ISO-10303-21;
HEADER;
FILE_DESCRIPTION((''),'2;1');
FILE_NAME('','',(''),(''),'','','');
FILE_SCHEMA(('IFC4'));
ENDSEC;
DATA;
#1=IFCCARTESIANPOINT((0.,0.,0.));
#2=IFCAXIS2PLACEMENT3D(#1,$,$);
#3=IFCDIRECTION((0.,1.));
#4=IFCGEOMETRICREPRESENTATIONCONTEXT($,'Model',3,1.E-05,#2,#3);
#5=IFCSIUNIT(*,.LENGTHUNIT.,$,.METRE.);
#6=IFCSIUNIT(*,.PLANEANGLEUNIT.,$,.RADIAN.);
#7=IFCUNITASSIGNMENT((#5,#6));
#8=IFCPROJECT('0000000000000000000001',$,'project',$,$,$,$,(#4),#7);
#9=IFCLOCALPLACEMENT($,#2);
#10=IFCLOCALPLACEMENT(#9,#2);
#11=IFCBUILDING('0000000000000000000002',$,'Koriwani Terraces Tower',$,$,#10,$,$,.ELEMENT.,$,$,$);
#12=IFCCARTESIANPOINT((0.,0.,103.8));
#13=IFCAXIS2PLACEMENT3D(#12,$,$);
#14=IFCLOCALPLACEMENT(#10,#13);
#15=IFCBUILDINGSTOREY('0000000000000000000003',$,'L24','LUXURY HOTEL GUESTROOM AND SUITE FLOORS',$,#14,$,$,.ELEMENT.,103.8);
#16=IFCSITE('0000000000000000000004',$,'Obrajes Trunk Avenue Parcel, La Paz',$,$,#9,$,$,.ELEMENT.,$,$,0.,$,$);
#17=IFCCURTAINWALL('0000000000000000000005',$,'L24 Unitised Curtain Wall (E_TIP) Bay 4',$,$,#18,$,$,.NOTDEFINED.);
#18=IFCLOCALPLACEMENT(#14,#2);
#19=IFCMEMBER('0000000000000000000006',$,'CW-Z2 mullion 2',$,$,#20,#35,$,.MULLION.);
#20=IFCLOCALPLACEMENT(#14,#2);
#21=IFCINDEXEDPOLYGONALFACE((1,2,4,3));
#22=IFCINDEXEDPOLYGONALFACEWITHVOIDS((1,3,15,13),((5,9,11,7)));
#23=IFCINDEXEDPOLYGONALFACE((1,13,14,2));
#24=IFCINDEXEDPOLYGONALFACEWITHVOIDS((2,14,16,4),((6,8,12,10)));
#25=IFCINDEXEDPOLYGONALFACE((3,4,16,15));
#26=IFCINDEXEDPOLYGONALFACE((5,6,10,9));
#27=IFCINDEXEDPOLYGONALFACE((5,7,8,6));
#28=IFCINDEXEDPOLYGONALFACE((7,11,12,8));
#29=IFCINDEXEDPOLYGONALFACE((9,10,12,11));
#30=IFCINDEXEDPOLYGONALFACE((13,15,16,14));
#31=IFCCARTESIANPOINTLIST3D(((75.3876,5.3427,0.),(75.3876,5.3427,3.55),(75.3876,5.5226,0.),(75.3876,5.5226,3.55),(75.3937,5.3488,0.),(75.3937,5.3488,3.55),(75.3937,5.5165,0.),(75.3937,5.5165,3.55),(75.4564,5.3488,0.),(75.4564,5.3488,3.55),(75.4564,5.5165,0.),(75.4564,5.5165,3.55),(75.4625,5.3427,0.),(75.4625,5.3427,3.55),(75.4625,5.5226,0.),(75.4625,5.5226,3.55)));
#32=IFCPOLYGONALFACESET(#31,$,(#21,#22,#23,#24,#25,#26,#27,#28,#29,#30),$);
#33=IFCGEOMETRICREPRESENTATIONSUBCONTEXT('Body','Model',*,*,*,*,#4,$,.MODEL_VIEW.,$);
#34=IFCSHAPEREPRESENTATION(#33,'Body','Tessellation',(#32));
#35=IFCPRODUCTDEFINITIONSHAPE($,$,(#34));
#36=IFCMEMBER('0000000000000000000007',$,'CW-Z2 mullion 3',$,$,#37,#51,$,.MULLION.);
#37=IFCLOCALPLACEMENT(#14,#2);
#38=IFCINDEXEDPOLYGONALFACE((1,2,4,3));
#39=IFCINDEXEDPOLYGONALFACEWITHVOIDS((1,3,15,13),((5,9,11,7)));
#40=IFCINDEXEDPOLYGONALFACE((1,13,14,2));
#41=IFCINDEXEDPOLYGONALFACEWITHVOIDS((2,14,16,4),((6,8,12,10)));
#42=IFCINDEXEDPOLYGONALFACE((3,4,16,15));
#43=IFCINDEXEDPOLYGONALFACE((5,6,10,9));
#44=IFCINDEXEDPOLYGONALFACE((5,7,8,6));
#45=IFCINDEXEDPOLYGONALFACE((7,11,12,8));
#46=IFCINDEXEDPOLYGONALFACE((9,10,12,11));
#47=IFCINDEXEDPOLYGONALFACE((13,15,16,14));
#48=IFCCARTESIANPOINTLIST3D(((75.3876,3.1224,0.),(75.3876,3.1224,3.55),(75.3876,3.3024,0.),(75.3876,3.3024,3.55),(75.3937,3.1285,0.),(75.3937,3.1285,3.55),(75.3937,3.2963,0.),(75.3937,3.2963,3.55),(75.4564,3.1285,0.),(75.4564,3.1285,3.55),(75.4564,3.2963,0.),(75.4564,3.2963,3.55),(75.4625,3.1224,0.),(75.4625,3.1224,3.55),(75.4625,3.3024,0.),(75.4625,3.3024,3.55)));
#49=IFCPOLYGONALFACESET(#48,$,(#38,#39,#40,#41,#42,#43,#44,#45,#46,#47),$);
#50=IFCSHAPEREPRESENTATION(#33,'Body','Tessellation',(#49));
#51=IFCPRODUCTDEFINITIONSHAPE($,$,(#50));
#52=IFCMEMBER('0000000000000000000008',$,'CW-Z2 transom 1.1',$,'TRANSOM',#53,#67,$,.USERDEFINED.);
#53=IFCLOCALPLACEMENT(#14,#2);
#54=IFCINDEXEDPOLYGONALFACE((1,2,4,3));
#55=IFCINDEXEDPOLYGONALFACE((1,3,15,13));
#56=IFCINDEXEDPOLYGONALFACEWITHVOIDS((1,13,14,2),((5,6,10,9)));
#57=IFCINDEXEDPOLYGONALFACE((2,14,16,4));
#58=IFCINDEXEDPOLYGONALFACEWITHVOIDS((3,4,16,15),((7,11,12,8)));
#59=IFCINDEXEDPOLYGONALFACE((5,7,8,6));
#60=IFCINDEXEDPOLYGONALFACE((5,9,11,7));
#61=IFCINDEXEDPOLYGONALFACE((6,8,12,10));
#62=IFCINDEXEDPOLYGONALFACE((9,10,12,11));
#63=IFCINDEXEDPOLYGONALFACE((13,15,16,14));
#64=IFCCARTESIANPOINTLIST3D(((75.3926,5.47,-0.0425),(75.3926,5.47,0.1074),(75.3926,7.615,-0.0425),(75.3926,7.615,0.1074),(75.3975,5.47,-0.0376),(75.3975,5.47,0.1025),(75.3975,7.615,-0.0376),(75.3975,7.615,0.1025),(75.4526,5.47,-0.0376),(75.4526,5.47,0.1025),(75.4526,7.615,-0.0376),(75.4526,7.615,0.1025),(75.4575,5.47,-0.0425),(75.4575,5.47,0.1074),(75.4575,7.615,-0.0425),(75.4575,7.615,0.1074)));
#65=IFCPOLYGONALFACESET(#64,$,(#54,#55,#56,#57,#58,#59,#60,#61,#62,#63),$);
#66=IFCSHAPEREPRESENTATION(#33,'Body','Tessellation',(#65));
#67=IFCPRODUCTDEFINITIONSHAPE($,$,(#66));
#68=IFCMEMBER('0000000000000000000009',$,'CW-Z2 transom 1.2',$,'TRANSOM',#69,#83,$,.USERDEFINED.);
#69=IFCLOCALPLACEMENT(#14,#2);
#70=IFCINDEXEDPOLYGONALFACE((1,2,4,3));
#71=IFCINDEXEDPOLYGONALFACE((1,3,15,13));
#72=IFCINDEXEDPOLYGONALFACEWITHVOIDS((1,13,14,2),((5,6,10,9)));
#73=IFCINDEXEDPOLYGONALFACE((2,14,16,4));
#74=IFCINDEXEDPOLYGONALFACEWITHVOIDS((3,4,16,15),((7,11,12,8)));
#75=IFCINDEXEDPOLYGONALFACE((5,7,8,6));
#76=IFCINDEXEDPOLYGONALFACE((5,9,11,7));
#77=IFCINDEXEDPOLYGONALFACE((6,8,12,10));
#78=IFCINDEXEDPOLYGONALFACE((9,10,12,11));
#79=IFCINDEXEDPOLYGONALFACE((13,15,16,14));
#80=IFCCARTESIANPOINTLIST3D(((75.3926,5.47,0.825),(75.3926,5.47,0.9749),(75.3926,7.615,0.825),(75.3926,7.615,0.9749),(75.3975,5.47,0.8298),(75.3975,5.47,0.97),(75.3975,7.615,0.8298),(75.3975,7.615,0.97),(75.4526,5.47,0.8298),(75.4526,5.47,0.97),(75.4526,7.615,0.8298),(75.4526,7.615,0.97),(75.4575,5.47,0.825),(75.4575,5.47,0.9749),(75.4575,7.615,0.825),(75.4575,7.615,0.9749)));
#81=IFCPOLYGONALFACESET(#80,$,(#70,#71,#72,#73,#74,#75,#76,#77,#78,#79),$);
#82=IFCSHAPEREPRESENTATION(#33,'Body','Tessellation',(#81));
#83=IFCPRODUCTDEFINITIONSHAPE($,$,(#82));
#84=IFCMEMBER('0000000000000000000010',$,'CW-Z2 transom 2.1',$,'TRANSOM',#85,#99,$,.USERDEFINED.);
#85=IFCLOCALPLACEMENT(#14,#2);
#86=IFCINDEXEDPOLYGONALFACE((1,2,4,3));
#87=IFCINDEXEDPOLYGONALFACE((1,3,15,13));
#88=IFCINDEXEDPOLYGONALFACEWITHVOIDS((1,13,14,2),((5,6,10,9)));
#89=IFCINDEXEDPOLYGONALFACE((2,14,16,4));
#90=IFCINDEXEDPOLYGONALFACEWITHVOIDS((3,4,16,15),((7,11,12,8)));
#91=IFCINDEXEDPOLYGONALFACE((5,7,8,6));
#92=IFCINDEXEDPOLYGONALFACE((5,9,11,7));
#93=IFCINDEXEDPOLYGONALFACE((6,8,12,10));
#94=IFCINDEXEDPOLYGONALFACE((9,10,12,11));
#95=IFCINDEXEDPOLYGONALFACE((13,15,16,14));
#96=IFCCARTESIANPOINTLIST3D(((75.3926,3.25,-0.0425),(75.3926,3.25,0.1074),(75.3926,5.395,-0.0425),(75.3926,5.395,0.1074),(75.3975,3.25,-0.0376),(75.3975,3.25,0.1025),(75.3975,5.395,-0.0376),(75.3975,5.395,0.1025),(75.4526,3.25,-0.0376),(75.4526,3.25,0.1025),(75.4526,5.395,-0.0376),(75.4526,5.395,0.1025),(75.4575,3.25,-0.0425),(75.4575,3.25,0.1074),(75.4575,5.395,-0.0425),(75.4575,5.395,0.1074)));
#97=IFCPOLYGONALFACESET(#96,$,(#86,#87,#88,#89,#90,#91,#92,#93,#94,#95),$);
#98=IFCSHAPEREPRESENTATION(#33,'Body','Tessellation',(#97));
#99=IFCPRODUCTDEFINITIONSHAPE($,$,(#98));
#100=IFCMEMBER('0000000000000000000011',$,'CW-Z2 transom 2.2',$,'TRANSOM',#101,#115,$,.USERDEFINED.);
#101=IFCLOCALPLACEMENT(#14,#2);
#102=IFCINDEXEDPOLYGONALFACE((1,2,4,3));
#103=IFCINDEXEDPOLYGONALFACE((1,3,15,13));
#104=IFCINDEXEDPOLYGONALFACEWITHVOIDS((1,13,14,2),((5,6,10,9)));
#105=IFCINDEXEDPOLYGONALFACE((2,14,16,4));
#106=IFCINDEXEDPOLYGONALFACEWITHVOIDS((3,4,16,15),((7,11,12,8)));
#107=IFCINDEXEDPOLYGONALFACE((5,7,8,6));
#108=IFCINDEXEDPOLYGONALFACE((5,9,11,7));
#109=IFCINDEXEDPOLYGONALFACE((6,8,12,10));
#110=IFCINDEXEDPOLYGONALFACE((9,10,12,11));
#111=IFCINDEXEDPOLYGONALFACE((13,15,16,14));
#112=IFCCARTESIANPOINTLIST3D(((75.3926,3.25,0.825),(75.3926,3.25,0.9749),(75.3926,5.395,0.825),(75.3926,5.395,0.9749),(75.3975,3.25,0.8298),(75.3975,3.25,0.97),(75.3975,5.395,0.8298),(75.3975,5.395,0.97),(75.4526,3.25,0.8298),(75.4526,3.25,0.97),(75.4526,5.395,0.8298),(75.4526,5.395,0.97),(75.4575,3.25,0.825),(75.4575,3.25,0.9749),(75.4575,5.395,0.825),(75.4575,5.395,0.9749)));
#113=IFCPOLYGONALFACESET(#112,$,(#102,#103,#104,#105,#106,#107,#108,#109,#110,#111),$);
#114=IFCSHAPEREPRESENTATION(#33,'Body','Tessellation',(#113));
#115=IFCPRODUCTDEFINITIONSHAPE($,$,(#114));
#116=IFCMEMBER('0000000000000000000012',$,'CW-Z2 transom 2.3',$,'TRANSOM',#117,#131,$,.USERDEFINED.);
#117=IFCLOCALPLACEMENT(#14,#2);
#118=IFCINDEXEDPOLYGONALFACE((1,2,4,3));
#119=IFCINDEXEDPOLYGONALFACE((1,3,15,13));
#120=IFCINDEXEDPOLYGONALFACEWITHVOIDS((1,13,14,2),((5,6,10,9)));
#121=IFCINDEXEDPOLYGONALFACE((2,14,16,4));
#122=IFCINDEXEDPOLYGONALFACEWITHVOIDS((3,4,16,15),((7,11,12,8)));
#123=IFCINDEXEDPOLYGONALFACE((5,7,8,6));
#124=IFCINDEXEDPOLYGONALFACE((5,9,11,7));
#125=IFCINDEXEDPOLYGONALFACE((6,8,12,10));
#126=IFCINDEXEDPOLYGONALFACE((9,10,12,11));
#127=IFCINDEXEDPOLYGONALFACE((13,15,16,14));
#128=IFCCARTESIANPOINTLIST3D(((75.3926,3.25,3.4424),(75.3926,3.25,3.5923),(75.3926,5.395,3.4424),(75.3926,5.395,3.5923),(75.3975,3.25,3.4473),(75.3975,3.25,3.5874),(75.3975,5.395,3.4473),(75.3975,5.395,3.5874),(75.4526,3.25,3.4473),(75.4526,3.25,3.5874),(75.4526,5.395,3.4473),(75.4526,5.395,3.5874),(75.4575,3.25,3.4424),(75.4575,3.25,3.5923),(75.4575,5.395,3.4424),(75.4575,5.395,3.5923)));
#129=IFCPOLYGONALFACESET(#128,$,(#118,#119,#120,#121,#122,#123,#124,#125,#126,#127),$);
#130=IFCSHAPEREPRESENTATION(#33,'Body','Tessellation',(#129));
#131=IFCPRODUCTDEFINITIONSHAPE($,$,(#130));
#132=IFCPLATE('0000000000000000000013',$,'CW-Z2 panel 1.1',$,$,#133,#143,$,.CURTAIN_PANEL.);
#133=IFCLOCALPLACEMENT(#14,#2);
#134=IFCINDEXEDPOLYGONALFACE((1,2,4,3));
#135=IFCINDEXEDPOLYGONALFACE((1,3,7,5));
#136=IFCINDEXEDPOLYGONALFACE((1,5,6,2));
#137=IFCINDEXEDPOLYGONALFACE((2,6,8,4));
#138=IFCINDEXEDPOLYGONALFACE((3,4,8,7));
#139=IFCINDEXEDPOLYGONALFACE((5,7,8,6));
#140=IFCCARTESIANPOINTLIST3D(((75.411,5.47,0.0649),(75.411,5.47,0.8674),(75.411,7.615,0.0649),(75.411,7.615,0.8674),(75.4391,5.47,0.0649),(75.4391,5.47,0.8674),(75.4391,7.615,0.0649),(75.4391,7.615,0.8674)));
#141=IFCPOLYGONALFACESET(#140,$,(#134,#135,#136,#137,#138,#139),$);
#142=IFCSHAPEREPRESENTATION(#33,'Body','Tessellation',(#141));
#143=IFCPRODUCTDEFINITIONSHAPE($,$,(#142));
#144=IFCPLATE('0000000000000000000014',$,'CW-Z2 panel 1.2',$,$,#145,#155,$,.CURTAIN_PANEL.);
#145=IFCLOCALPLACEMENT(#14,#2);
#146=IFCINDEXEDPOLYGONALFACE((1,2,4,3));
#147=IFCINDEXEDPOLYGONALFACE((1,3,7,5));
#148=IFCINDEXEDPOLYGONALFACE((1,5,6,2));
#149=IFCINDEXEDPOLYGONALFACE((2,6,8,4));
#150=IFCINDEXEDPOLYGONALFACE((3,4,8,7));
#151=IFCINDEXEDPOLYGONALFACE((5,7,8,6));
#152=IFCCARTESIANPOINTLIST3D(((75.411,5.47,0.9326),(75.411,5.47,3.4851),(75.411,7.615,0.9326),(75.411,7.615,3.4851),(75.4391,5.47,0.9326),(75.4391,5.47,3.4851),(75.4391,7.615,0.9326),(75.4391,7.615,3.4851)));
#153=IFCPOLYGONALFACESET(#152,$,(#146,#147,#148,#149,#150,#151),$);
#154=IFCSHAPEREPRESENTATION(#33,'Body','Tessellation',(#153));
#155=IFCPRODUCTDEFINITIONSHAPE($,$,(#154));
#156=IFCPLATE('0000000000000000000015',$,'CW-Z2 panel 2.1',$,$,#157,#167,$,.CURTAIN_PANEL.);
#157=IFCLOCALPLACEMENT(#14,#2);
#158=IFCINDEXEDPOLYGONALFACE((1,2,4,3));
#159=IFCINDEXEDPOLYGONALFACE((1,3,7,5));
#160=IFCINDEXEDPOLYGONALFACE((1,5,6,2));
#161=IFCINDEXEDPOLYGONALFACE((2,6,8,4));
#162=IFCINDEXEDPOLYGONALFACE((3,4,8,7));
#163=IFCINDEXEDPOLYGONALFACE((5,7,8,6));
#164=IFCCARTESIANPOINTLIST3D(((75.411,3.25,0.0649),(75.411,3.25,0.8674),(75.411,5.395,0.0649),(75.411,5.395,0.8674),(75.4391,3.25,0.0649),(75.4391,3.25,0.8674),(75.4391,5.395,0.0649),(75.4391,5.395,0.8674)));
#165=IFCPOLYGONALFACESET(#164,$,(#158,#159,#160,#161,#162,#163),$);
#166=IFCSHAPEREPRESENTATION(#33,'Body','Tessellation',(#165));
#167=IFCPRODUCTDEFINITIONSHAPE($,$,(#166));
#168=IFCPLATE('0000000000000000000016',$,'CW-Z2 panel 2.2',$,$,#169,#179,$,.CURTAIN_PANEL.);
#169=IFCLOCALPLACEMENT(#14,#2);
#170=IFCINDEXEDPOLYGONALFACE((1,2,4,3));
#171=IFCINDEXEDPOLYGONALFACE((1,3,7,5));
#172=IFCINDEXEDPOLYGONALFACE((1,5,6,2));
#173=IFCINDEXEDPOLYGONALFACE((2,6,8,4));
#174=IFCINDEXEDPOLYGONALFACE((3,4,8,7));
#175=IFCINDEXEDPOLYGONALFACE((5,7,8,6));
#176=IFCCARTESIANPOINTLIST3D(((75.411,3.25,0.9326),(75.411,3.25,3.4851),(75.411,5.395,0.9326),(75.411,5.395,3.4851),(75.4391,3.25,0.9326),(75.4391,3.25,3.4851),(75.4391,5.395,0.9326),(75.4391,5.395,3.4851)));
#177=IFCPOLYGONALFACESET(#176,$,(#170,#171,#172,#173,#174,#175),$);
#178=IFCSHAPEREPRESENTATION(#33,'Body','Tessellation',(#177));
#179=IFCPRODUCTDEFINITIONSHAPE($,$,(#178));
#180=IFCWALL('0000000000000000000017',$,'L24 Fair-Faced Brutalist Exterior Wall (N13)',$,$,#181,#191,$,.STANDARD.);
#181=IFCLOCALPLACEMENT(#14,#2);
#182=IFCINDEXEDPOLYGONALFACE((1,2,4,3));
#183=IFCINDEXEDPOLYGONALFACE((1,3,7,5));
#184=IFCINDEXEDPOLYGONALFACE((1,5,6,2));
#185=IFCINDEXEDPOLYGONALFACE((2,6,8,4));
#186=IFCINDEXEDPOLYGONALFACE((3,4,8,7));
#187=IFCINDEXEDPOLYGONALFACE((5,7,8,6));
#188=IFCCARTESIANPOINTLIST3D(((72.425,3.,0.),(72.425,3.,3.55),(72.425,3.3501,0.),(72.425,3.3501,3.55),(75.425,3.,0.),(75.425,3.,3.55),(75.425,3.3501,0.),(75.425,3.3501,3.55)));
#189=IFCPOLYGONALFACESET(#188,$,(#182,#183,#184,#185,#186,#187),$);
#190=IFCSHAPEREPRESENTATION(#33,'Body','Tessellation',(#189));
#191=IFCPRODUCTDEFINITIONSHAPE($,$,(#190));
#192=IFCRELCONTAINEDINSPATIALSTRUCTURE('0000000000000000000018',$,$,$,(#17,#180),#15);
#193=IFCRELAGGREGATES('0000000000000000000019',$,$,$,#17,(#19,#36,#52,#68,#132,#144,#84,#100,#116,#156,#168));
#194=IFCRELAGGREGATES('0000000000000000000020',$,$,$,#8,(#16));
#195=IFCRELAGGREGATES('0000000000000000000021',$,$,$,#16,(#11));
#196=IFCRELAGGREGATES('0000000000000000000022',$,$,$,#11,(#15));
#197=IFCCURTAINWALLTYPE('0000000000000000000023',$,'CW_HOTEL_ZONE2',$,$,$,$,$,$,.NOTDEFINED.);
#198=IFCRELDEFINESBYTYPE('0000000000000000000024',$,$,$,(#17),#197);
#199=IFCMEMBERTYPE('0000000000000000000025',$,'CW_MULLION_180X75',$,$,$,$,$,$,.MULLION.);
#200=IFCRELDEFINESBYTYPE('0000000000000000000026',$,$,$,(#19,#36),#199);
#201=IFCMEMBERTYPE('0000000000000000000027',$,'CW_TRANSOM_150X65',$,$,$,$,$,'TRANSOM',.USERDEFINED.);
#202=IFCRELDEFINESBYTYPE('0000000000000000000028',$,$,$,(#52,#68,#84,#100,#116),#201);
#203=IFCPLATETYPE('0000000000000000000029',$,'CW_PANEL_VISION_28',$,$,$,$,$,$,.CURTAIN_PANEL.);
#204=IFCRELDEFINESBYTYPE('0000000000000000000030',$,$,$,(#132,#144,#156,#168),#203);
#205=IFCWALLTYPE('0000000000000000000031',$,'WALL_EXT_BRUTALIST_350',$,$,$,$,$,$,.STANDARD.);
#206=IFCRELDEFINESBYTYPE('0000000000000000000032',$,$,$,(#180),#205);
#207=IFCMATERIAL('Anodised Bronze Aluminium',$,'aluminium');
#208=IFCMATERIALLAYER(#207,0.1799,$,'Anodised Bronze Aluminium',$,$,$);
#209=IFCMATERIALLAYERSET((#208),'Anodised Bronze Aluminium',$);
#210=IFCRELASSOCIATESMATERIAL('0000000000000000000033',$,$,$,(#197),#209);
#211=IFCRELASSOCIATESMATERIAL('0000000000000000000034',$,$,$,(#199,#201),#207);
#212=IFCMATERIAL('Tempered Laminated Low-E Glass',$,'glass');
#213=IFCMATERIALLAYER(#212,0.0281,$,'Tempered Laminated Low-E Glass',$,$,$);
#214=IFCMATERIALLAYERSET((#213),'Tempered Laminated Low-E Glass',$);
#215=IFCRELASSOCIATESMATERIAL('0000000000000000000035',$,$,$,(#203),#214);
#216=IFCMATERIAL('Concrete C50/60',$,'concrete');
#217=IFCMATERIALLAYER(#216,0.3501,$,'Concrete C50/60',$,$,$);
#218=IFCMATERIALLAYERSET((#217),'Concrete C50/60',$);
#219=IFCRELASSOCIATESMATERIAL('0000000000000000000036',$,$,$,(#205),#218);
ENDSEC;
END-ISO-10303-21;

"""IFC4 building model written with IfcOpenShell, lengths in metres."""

from ifc_helpers import new_model, si_unit, direction, frame, frame_2d, origin, origin_2d, place, context, subcontext, project, spatial, rectangle, hollow_rectangle, extrude, material, layer, layer_set, material_profile, profile_set, type_object, element, aggregate, save


model = new_model("IFC4")

# Units and contexts
model_context = context("Model", 3, precision=1e-05, world=origin(), true_north=direction((0.0, 1.0)))
body_context = subcontext(model_context, "Body", "Model", "MODEL_VIEW")
ifc_project = project(units=[si_unit("LENGTHUNIT", "METRE"), si_unit("PLANEANGLEUNIT", "RADIAN")], contexts=[model_context])

# Site, building, storey
site_placement = place(None, origin())
site = spatial("IfcSite", under=ifc_project, at=site_placement, Name="Obrajes Trunk Avenue Parcel, La Paz", CompositionType="ELEMENT", RefElevation=0.0)
building_placement = place(site_placement, origin())
building = spatial("IfcBuilding", under=site, at=building_placement, Name="Koriwani Terraces Tower", CompositionType="ELEMENT")
storey_placement = place(building_placement, frame((0.0, 0.0, 103.8)))
storey = spatial("IfcBuildingStorey", under=building, at=storey_placement, Name="L24", Description="LUXURY HOTEL GUESTROOM AND SUITE FLOORS", CompositionType="ELEMENT", Elevation=103.8)

# Curtain wall, members, plates
ifc_material_1 = material(Name="Anodised Bronze Aluminium", Category="aluminium")
ifc_layer_1 = layer(ifc_material_1, 0.1799, Name="Anodised Bronze Aluminium")
ifc_layer_set_1 = layer_set([ifc_layer_1], Name="Anodised Bronze Aluminium")
curtain_wall_type = type_object("IfcCurtainWallType", Name="CW_HOTEL_ZONE2", PredefinedType="NOTDEFINED", material=ifc_layer_set_1)
curtain_wall_placement = place(storey_placement, origin())
curtain_wall = element("IfcCurtainWall", 1, at=curtain_wall_placement, inside=storey, type_object=curtain_wall_type, Name="L24 Unitised Curtain Wall (E_TIP) Bay 4", PredefinedType="NOTDEFINED")
ifc_material_profile_1 = material_profile(ifc_material_1, hollow_rectangle(XDim=0.075, YDim=0.1799, WallThickness=0.0061, at=origin_2d()), Name="Anodised Bronze Aluminium", Category="LoadBearing")
ifc_profile_set_1 = profile_set([ifc_material_profile_1], Name="Anodised Bronze Aluminium")
member_type_1 = type_object("IfcMemberType", Name="CW_MULLION_180X75", PredefinedType="MULLION", material=ifc_profile_set_1)
member_1_placement = place(storey_placement, frame((75.425, 5.4326, 0.0), z_axis=(0.0, 0.0, 1.0), x_axis=(1.0, 0.0, 0.0)))
member_1 = element("IfcMember", 2, at=member_1_placement, type_object=member_type_1, Name="CW-Z2 mullion 2", PredefinedType="MULLION", context=body_context, shape_type="SweptSolid", body=[
    extrude(hollow_rectangle(XDim=0.075, YDim=0.1799, WallThickness=0.0061, at=origin_2d()), origin(), (0.0, 0.0, 1.0), 3.55),
])
member_2_placement = place(storey_placement, frame((75.425, 3.2124, 0.0), z_axis=(0.0, 0.0, 1.0), x_axis=(1.0, 0.0, 0.0)))
member_2 = element("IfcMember", 3, at=member_2_placement, type_object=member_type_1, Name="CW-Z2 mullion 3", PredefinedType="MULLION", context=body_context, shape_type="SweptSolid", body=[
    extrude(hollow_rectangle(XDim=0.075, YDim=0.1799, WallThickness=0.0061, at=origin_2d()), origin(), (0.0, 0.0, 1.0), 3.55),
])
ifc_material_profile_2 = material_profile(ifc_material_1, hollow_rectangle(XDim=0.0649, YDim=0.1499, WallThickness=0.0049, at=origin_2d()), Name="Anodised Bronze Aluminium", Category="LoadBearing")
ifc_profile_set_2 = profile_set([ifc_material_profile_2], Name="Anodised Bronze Aluminium")
member_type_2 = type_object("IfcMemberType", Name="CW_TRANSOM_150X65", ElementType="TRANSOM", PredefinedType="USERDEFINED", material=ifc_profile_set_2)
member_3_placement = place(storey_placement, frame((75.425, 7.615, 0.0325), z_axis=(0.0, -1.0, 0.0), x_axis=(1.0, 0.0, 0.0)))
member_3 = element("IfcMember", 4, at=member_3_placement, type_object=member_type_2, Name="CW-Z2 transom 1.1", ObjectType="TRANSOM", PredefinedType="USERDEFINED", context=body_context, shape_type="SweptSolid", body=[
    extrude(hollow_rectangle(XDim=0.0649, YDim=0.1499, WallThickness=0.0049, at=origin_2d()), origin(), (0.0, 0.0, 1.0), 2.145),
])
member_4_placement = place(storey_placement, frame((75.425, 7.615, 0.8999), z_axis=(0.0, -1.0, 0.0), x_axis=(1.0, 0.0, 0.0)))
member_4 = element("IfcMember", 5, at=member_4_placement, type_object=member_type_2, Name="CW-Z2 transom 1.2", ObjectType="TRANSOM", PredefinedType="USERDEFINED", context=body_context, shape_type="SweptSolid", body=[
    extrude(hollow_rectangle(XDim=0.0649, YDim=0.1499, WallThickness=0.0049, at=origin_2d()), origin(), (0.0, 0.0, 1.0), 2.145),
])
member_5_placement = place(storey_placement, frame((75.425, 5.395, 0.0325), z_axis=(0.0, -1.0, 0.0), x_axis=(1.0, 0.0, 0.0)))
member_5 = element("IfcMember", 6, at=member_5_placement, type_object=member_type_2, Name="CW-Z2 transom 2.1", ObjectType="TRANSOM", PredefinedType="USERDEFINED", context=body_context, shape_type="SweptSolid", body=[
    extrude(hollow_rectangle(XDim=0.0649, YDim=0.1499, WallThickness=0.0049, at=origin_2d()), origin(), (0.0, 0.0, 1.0), 2.145),
])
member_6_placement = place(storey_placement, frame((75.425, 5.395, 0.8999), z_axis=(0.0, -1.0, 0.0), x_axis=(1.0, 0.0, 0.0)))
member_6 = element("IfcMember", 7, at=member_6_placement, type_object=member_type_2, Name="CW-Z2 transom 2.2", ObjectType="TRANSOM", PredefinedType="USERDEFINED", context=body_context, shape_type="SweptSolid", body=[
    extrude(hollow_rectangle(XDim=0.0649, YDim=0.1499, WallThickness=0.0049, at=origin_2d()), origin(), (0.0, 0.0, 1.0), 2.145),
])
member_7_placement = place(storey_placement, frame((75.425, 5.395, 3.5173), z_axis=(0.0, -1.0, 0.0), x_axis=(1.0, 0.0, 0.0)))
member_7 = element("IfcMember", 8, at=member_7_placement, type_object=member_type_2, Name="CW-Z2 transom 2.3", ObjectType="TRANSOM", PredefinedType="USERDEFINED", context=body_context, shape_type="SweptSolid", body=[
    extrude(hollow_rectangle(XDim=0.0649, YDim=0.1499, WallThickness=0.0049, at=origin_2d()), origin(), (0.0, 0.0, 1.0), 2.145),
])
ifc_material_2 = material(Name="Tempered Laminated Low-E Glass", Category="glass")
ifc_layer_2 = layer(ifc_material_2, 0.0281, Name="Tempered Laminated Low-E Glass")
ifc_layer_set_2 = layer_set([ifc_layer_2], Name="Tempered Laminated Low-E Glass")
plate_type = type_object("IfcPlateType", Name="CW_PANEL_VISION_28", PredefinedType="CURTAIN_PANEL", material=ifc_layer_set_2)
plate_1_placement = place(storey_placement, frame((75.425, 6.5425, 0.0649), z_axis=(0.0, 0.0, 1.0), x_axis=(0.0, -1.0, 0.0)))
plate_1 = element("IfcPlate", 9, at=plate_1_placement, type_object=plate_type, Name="CW-Z2 panel 1.1", PredefinedType="CURTAIN_PANEL", context=body_context, shape_type="SweptSolid", body=[
    extrude(rectangle(XDim=2.145, YDim=0.0281, at=origin_2d()), origin(), (0.0, 0.0, 1.0), 0.8025),
])
plate_2_placement = place(storey_placement, frame((75.425, 6.5425, 0.9326), z_axis=(0.0, 0.0, 1.0), x_axis=(0.0, -1.0, 0.0)))
plate_2 = element("IfcPlate", 10, at=plate_2_placement, type_object=plate_type, Name="CW-Z2 panel 1.2", PredefinedType="CURTAIN_PANEL", context=body_context, shape_type="SweptSolid", body=[
    extrude(rectangle(XDim=2.145, YDim=0.0281, at=origin_2d()), origin(), (0.0, 0.0, 1.0), 2.5525),
])
plate_3_placement = place(storey_placement, frame((75.425, 4.3225, 0.0649), z_axis=(0.0, 0.0, 1.0), x_axis=(0.0, -1.0, 0.0)))
plate_3 = element("IfcPlate", 11, at=plate_3_placement, type_object=plate_type, Name="CW-Z2 panel 2.1", PredefinedType="CURTAIN_PANEL", context=body_context, shape_type="SweptSolid", body=[
    extrude(rectangle(XDim=2.145, YDim=0.0281, at=origin_2d()), origin(), (0.0, 0.0, 1.0), 0.8025),
])
plate_4_placement = place(storey_placement, frame((75.425, 4.3225, 0.9326), z_axis=(0.0, 0.0, 1.0), x_axis=(0.0, -1.0, 0.0)))
plate_4 = element("IfcPlate", 12, at=plate_4_placement, type_object=plate_type, Name="CW-Z2 panel 2.2", PredefinedType="CURTAIN_PANEL", context=body_context, shape_type="SweptSolid", body=[
    extrude(rectangle(XDim=2.145, YDim=0.0281, at=origin_2d()), origin(), (0.0, 0.0, 1.0), 2.5525),
])
aggregate(curtain_wall, [member_1, member_2, member_3, member_4, plate_1, plate_2, member_5, member_6, member_7, plate_3, plate_4])

# Wall
ifc_material_3 = material(Name="Concrete C50/60", Category="concrete")
ifc_layer_3 = layer(ifc_material_3, 0.3501, Name="Concrete C50/60")
ifc_layer_set_3 = layer_set([ifc_layer_3], Name="Concrete C50/60")
wall_type = type_object("IfcWallType", Name="WALL_EXT_BRUTALIST_350", PredefinedType="STANDARD", material=ifc_layer_set_3)
wall_1_placement = place(storey_placement, frame((75.425, 3.175, 0.0), z_axis=(0.0, 0.0, 1.0), x_axis=(-1.0, 0.0, 0.0)))
element("IfcWall", 13, at=wall_1_placement, inside=storey, type_object=wall_type, Name="L24 Fair-Faced Brutalist Exterior Wall (N13)", PredefinedType="STANDARD", context=body_context, shape_type="SweptSolid", body=[
    extrude(rectangle(XDim=3.0, YDim=0.3501, at=frame_2d((1.5, 0.0))), origin(), (0.0, 0.0, 1.0), 3.55),
])

save(model, "model.ifc")
